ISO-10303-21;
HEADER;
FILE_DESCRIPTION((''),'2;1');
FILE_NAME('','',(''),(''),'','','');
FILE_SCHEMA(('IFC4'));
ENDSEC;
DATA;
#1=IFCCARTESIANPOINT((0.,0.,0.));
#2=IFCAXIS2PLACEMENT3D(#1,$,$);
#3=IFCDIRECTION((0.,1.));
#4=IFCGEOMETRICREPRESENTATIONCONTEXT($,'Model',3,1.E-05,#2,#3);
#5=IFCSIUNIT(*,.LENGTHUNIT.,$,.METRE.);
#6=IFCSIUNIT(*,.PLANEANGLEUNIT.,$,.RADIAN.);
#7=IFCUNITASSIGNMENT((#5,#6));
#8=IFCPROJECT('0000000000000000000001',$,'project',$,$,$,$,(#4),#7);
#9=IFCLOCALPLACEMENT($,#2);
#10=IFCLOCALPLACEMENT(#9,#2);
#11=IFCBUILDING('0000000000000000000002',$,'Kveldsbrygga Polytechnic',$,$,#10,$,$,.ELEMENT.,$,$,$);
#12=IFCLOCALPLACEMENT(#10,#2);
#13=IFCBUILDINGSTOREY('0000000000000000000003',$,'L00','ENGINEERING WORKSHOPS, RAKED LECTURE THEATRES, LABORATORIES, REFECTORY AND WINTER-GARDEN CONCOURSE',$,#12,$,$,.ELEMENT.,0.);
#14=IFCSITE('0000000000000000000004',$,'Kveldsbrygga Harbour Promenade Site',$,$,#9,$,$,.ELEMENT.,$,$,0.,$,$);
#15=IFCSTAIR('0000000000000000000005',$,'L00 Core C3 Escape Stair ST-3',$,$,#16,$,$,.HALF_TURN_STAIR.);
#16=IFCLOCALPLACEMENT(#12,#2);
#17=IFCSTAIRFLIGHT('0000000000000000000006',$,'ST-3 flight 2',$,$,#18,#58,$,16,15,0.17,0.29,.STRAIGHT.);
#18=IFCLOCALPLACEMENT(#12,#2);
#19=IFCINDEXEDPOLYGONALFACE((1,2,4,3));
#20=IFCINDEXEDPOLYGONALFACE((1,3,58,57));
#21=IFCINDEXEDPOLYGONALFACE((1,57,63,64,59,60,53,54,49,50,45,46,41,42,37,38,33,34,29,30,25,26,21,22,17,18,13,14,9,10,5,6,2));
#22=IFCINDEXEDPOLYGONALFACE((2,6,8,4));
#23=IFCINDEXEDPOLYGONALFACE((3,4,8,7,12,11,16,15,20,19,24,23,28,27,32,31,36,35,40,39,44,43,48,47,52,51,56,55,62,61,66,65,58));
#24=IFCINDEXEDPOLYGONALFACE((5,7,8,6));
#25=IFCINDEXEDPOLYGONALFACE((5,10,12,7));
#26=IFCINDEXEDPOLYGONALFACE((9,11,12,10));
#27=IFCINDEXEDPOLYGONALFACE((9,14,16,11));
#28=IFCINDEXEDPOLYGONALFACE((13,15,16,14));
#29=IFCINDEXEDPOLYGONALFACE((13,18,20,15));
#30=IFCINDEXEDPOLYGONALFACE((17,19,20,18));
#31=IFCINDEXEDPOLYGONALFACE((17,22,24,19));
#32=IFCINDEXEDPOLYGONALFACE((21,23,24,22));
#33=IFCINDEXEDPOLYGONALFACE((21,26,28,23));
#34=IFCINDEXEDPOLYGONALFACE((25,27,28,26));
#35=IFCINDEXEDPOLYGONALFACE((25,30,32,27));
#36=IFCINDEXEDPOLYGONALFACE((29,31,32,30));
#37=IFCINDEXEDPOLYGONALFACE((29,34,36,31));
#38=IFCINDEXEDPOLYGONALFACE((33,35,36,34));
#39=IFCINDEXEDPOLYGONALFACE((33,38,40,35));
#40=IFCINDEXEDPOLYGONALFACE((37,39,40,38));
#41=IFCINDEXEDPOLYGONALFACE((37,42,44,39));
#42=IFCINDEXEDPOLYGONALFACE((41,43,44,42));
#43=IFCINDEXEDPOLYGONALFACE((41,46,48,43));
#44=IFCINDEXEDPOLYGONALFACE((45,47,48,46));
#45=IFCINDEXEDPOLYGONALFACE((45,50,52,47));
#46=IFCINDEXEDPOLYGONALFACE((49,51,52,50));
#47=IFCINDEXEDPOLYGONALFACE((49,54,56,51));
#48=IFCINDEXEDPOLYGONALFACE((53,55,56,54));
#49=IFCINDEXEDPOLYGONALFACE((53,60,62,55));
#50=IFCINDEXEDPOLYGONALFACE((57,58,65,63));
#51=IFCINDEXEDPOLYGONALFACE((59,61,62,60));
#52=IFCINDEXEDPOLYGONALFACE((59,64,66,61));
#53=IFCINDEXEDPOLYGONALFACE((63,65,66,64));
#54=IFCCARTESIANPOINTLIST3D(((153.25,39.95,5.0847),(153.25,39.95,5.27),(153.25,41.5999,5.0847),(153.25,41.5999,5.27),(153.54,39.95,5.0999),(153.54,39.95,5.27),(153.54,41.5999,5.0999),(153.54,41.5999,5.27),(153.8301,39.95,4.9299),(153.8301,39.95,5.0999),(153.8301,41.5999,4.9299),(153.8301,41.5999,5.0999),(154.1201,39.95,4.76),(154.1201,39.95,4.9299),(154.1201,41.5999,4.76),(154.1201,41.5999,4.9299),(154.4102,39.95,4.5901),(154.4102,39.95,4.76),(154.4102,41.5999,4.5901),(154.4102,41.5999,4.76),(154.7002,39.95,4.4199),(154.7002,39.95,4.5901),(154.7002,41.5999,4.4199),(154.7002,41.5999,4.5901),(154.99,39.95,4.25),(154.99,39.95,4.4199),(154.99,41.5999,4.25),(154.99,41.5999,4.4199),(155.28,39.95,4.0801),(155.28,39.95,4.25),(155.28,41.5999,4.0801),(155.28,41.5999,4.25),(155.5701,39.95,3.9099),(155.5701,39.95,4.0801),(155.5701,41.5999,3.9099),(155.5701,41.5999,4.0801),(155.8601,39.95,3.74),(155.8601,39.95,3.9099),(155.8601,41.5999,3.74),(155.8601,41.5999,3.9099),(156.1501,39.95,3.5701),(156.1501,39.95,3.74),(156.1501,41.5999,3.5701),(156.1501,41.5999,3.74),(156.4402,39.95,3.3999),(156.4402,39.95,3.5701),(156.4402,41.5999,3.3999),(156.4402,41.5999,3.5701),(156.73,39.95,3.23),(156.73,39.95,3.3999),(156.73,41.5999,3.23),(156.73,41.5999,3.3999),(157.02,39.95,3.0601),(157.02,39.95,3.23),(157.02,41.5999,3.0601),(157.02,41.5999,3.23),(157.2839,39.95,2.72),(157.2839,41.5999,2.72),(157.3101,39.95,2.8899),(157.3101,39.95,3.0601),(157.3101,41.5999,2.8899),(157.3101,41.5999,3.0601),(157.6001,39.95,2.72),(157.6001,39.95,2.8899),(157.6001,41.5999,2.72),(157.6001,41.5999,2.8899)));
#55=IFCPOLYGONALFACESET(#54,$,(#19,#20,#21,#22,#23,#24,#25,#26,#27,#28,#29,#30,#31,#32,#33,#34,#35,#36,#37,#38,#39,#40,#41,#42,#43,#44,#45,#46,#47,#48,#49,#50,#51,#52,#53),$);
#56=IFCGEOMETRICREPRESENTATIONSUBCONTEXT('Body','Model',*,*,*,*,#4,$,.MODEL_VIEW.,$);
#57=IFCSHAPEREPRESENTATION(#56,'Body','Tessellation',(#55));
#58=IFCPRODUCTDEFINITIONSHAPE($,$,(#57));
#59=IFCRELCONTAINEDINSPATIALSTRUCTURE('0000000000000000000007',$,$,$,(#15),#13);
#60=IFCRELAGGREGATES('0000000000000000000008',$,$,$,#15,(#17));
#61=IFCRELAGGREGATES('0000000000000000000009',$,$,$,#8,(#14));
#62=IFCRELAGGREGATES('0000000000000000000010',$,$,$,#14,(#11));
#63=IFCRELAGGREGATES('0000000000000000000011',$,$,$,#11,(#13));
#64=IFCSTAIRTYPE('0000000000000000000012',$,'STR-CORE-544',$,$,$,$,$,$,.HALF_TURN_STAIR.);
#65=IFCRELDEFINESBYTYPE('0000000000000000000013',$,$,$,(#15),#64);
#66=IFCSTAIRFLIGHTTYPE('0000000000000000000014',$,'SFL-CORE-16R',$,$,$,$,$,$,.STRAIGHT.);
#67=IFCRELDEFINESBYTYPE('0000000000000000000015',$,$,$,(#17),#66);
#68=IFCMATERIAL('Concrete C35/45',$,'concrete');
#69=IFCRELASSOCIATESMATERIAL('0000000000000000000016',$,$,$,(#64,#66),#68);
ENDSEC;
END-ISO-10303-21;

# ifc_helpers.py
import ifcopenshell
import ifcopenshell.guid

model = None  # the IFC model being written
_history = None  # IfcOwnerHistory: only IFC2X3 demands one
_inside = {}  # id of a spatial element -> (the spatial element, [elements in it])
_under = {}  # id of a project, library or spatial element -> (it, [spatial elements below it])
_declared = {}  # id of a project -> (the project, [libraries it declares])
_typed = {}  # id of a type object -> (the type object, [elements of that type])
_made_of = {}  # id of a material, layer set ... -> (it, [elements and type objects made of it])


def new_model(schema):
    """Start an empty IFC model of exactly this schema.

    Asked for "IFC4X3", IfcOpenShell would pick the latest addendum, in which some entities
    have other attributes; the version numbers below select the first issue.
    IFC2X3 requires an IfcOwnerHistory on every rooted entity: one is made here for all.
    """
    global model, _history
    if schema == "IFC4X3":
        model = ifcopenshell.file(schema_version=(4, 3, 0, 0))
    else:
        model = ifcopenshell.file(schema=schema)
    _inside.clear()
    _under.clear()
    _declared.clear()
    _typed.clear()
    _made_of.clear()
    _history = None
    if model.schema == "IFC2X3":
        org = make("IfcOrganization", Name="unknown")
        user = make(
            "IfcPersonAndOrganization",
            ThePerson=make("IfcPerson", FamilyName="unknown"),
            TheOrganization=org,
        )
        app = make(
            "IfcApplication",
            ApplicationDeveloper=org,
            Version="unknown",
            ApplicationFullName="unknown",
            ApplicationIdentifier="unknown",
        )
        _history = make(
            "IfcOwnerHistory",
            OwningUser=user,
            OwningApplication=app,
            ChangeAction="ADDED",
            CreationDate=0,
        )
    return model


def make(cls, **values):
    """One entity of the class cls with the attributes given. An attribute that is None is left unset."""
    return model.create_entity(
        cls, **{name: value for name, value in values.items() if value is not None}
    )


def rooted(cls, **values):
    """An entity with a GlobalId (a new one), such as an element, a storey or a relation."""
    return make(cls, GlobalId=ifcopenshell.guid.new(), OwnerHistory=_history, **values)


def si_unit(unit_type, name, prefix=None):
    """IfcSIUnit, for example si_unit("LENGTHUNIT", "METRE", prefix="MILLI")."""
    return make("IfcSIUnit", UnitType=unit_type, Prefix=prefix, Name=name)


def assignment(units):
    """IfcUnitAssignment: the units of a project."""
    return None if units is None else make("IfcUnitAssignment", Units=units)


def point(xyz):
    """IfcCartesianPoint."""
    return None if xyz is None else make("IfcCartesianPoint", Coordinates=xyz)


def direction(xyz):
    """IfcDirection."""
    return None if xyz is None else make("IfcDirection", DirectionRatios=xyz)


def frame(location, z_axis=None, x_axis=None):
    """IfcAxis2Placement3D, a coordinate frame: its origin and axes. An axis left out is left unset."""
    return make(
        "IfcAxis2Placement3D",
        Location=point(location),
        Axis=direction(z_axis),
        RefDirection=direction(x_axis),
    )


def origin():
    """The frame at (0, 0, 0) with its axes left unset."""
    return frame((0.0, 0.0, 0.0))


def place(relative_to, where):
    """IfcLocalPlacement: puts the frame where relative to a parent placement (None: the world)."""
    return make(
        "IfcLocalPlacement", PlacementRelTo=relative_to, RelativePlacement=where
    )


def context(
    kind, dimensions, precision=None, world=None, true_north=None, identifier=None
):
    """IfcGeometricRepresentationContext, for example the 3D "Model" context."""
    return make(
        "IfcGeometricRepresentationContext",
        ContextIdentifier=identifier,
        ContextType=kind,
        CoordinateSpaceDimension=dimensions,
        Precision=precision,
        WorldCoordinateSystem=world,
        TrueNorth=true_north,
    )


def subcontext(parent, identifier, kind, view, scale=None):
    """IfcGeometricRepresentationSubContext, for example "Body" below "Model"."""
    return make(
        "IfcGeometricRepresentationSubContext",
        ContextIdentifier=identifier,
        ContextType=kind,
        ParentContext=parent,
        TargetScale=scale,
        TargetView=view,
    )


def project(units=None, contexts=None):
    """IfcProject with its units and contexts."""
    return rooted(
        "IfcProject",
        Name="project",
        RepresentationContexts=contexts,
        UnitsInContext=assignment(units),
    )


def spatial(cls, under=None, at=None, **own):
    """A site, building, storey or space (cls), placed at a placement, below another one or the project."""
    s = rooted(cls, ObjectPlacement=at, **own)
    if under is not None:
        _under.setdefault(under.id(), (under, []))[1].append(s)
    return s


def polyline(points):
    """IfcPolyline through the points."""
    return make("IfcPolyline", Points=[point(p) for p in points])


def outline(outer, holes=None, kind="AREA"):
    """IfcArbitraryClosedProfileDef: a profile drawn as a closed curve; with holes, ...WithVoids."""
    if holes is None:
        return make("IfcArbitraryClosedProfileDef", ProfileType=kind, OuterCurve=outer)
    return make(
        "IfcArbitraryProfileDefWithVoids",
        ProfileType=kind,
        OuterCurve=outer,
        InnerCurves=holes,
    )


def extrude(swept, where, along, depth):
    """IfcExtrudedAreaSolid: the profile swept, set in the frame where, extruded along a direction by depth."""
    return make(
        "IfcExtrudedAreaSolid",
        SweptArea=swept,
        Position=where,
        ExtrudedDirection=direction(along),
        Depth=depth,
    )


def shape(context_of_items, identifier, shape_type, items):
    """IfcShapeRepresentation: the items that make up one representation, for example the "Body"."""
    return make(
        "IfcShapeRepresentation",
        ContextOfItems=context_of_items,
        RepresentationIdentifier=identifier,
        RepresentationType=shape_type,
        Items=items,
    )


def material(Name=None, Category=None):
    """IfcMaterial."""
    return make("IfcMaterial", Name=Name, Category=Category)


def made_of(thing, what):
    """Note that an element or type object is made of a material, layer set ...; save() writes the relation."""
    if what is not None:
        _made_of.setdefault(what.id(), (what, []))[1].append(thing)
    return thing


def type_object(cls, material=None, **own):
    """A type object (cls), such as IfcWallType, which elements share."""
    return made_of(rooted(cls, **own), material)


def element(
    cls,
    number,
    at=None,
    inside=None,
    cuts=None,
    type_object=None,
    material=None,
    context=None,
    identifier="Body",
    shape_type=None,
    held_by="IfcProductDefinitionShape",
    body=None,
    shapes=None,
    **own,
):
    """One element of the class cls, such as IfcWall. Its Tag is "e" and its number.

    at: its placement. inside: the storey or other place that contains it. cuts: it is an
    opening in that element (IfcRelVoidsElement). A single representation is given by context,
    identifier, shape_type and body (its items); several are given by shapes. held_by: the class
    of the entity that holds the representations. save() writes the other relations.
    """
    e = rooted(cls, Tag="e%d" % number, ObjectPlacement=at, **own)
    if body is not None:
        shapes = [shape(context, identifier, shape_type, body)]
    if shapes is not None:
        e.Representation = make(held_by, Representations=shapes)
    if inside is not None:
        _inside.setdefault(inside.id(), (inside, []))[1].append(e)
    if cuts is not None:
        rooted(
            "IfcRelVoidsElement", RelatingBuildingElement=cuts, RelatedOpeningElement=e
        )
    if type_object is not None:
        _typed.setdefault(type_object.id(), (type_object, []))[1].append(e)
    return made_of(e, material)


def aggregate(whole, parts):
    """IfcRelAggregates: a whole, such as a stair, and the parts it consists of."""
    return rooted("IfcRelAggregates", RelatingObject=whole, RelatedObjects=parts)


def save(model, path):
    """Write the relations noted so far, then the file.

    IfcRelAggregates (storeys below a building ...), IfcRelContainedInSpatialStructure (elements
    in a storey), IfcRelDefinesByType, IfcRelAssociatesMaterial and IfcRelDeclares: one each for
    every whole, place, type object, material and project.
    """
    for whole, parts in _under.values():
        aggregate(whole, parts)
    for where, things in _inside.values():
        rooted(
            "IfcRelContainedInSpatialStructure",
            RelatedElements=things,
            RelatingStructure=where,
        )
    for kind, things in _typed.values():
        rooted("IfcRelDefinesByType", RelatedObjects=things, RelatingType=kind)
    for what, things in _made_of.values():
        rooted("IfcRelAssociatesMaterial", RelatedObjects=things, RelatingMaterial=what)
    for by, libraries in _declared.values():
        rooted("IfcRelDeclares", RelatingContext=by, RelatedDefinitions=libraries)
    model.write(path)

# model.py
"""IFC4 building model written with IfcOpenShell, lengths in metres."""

from ifc_helpers import new_model, si_unit, direction, frame, origin, place, context, subcontext, project, spatial, polyline, outline, extrude, material, type_object, element, aggregate, save


model = new_model("IFC4")

# Units and contexts
model_context = context("Model", 3, precision=1e-05, world=origin(), true_north=direction((0.0, 1.0)))
body_context = subcontext(model_context, "Body", "Model", "MODEL_VIEW")
ifc_project = project(units=[si_unit("LENGTHUNIT", "METRE"), si_unit("PLANEANGLEUNIT", "RADIAN")], contexts=[model_context])

# Site, building, storey
site_placement = place(None, origin())
site = spatial("IfcSite", under=ifc_project, at=site_placement, Name="Kveldsbrygga Harbour Promenade Site", CompositionType="ELEMENT", RefElevation=0.0)
building_placement = place(site_placement, origin())
building = spatial("IfcBuilding", under=site, at=building_placement, Name="Kveldsbrygga Polytechnic", CompositionType="ELEMENT")
storey_placement = place(building_placement, origin())
storey = spatial("IfcBuildingStorey", under=building, at=storey_placement, Name="L00", Description="ENGINEERING WORKSHOPS, RAKED LECTURE THEATRES, LABORATORIES, REFECTORY AND WINTER-GARDEN CONCOURSE", CompositionType="ELEMENT", Elevation=0.0)

# Shared definitions
ifc_material_1 = material(Name="Concrete C35/45", Category="concrete")

# Stair, stair flight
stair_type = type_object("IfcStairType", Name="STR-CORE-544", PredefinedType="HALF_TURN_STAIR", material=ifc_material_1)
stair_placement = place(storey_placement, origin())
stair = element("IfcStair", 1, at=stair_placement, inside=storey, type_object=stair_type, Name="L00 Core C3 Escape Stair ST-3", PredefinedType="HALF_TURN_STAIR")
stair_flight_type = type_object("IfcStairFlightType", Name="SFL-CORE-16R", PredefinedType="STRAIGHT", material=ifc_material_1)
stair_flight_1_placement = place(storey_placement, frame((157.6001, 40.7749, 2.72), z_axis=(0.0, 0.0, 1.0), x_axis=(-1.0, 0.0, 0.0)))
stair_flight_1 = element("IfcStairFlight", 2, at=stair_flight_1_placement, type_object=stair_flight_type, Name="ST-3 flight 2", NumberOfRisers=16, NumberOfTreads=15, PredefinedType="STRAIGHT", RiserHeight=0.17, TreadLength=0.29, context=body_context, shape_type="SweptSolid", body=[
    extrude(outline(polyline([(0.0, 0.0), (0.0, 0.1699), (0.29, 0.1699), (0.29, 0.3401), (0.5801, 0.3401), (0.5801, 0.51), (0.8701, 0.51), (0.8701, 0.6799), (1.1599, 0.6799), (1.1599, 0.8501), (1.45, 0.8501), (1.45, 1.02), (1.74, 1.02), (1.74, 1.1899), (2.03, 1.1899), (2.03, 1.3601), (2.3201, 1.3601), (2.3201, 1.53), (2.6101, 1.53), (2.6101, 1.7), (2.8999, 1.7), (2.8999, 1.8701), (3.1899, 1.8701), (3.1899, 2.04), (3.48, 2.04), (3.48, 2.21), (3.77, 2.21), (3.77, 2.3799), (4.0601, 2.3799), (4.0601, 2.55), (4.3501, 2.55), (4.3501, 2.72), (4.3501, 2.3647), (0.3162, 0.0), (0.0, 0.0)])), frame((0.0, 0.825, 0.0), z_axis=(0.0, -1.0, 0.0), x_axis=(1.0, 0.0, 0.0)), (0.0, 0.0, 1.0), 1.6499),
])
aggregate(stair, [stair_flight_1])

save(model, "model.ifc")
